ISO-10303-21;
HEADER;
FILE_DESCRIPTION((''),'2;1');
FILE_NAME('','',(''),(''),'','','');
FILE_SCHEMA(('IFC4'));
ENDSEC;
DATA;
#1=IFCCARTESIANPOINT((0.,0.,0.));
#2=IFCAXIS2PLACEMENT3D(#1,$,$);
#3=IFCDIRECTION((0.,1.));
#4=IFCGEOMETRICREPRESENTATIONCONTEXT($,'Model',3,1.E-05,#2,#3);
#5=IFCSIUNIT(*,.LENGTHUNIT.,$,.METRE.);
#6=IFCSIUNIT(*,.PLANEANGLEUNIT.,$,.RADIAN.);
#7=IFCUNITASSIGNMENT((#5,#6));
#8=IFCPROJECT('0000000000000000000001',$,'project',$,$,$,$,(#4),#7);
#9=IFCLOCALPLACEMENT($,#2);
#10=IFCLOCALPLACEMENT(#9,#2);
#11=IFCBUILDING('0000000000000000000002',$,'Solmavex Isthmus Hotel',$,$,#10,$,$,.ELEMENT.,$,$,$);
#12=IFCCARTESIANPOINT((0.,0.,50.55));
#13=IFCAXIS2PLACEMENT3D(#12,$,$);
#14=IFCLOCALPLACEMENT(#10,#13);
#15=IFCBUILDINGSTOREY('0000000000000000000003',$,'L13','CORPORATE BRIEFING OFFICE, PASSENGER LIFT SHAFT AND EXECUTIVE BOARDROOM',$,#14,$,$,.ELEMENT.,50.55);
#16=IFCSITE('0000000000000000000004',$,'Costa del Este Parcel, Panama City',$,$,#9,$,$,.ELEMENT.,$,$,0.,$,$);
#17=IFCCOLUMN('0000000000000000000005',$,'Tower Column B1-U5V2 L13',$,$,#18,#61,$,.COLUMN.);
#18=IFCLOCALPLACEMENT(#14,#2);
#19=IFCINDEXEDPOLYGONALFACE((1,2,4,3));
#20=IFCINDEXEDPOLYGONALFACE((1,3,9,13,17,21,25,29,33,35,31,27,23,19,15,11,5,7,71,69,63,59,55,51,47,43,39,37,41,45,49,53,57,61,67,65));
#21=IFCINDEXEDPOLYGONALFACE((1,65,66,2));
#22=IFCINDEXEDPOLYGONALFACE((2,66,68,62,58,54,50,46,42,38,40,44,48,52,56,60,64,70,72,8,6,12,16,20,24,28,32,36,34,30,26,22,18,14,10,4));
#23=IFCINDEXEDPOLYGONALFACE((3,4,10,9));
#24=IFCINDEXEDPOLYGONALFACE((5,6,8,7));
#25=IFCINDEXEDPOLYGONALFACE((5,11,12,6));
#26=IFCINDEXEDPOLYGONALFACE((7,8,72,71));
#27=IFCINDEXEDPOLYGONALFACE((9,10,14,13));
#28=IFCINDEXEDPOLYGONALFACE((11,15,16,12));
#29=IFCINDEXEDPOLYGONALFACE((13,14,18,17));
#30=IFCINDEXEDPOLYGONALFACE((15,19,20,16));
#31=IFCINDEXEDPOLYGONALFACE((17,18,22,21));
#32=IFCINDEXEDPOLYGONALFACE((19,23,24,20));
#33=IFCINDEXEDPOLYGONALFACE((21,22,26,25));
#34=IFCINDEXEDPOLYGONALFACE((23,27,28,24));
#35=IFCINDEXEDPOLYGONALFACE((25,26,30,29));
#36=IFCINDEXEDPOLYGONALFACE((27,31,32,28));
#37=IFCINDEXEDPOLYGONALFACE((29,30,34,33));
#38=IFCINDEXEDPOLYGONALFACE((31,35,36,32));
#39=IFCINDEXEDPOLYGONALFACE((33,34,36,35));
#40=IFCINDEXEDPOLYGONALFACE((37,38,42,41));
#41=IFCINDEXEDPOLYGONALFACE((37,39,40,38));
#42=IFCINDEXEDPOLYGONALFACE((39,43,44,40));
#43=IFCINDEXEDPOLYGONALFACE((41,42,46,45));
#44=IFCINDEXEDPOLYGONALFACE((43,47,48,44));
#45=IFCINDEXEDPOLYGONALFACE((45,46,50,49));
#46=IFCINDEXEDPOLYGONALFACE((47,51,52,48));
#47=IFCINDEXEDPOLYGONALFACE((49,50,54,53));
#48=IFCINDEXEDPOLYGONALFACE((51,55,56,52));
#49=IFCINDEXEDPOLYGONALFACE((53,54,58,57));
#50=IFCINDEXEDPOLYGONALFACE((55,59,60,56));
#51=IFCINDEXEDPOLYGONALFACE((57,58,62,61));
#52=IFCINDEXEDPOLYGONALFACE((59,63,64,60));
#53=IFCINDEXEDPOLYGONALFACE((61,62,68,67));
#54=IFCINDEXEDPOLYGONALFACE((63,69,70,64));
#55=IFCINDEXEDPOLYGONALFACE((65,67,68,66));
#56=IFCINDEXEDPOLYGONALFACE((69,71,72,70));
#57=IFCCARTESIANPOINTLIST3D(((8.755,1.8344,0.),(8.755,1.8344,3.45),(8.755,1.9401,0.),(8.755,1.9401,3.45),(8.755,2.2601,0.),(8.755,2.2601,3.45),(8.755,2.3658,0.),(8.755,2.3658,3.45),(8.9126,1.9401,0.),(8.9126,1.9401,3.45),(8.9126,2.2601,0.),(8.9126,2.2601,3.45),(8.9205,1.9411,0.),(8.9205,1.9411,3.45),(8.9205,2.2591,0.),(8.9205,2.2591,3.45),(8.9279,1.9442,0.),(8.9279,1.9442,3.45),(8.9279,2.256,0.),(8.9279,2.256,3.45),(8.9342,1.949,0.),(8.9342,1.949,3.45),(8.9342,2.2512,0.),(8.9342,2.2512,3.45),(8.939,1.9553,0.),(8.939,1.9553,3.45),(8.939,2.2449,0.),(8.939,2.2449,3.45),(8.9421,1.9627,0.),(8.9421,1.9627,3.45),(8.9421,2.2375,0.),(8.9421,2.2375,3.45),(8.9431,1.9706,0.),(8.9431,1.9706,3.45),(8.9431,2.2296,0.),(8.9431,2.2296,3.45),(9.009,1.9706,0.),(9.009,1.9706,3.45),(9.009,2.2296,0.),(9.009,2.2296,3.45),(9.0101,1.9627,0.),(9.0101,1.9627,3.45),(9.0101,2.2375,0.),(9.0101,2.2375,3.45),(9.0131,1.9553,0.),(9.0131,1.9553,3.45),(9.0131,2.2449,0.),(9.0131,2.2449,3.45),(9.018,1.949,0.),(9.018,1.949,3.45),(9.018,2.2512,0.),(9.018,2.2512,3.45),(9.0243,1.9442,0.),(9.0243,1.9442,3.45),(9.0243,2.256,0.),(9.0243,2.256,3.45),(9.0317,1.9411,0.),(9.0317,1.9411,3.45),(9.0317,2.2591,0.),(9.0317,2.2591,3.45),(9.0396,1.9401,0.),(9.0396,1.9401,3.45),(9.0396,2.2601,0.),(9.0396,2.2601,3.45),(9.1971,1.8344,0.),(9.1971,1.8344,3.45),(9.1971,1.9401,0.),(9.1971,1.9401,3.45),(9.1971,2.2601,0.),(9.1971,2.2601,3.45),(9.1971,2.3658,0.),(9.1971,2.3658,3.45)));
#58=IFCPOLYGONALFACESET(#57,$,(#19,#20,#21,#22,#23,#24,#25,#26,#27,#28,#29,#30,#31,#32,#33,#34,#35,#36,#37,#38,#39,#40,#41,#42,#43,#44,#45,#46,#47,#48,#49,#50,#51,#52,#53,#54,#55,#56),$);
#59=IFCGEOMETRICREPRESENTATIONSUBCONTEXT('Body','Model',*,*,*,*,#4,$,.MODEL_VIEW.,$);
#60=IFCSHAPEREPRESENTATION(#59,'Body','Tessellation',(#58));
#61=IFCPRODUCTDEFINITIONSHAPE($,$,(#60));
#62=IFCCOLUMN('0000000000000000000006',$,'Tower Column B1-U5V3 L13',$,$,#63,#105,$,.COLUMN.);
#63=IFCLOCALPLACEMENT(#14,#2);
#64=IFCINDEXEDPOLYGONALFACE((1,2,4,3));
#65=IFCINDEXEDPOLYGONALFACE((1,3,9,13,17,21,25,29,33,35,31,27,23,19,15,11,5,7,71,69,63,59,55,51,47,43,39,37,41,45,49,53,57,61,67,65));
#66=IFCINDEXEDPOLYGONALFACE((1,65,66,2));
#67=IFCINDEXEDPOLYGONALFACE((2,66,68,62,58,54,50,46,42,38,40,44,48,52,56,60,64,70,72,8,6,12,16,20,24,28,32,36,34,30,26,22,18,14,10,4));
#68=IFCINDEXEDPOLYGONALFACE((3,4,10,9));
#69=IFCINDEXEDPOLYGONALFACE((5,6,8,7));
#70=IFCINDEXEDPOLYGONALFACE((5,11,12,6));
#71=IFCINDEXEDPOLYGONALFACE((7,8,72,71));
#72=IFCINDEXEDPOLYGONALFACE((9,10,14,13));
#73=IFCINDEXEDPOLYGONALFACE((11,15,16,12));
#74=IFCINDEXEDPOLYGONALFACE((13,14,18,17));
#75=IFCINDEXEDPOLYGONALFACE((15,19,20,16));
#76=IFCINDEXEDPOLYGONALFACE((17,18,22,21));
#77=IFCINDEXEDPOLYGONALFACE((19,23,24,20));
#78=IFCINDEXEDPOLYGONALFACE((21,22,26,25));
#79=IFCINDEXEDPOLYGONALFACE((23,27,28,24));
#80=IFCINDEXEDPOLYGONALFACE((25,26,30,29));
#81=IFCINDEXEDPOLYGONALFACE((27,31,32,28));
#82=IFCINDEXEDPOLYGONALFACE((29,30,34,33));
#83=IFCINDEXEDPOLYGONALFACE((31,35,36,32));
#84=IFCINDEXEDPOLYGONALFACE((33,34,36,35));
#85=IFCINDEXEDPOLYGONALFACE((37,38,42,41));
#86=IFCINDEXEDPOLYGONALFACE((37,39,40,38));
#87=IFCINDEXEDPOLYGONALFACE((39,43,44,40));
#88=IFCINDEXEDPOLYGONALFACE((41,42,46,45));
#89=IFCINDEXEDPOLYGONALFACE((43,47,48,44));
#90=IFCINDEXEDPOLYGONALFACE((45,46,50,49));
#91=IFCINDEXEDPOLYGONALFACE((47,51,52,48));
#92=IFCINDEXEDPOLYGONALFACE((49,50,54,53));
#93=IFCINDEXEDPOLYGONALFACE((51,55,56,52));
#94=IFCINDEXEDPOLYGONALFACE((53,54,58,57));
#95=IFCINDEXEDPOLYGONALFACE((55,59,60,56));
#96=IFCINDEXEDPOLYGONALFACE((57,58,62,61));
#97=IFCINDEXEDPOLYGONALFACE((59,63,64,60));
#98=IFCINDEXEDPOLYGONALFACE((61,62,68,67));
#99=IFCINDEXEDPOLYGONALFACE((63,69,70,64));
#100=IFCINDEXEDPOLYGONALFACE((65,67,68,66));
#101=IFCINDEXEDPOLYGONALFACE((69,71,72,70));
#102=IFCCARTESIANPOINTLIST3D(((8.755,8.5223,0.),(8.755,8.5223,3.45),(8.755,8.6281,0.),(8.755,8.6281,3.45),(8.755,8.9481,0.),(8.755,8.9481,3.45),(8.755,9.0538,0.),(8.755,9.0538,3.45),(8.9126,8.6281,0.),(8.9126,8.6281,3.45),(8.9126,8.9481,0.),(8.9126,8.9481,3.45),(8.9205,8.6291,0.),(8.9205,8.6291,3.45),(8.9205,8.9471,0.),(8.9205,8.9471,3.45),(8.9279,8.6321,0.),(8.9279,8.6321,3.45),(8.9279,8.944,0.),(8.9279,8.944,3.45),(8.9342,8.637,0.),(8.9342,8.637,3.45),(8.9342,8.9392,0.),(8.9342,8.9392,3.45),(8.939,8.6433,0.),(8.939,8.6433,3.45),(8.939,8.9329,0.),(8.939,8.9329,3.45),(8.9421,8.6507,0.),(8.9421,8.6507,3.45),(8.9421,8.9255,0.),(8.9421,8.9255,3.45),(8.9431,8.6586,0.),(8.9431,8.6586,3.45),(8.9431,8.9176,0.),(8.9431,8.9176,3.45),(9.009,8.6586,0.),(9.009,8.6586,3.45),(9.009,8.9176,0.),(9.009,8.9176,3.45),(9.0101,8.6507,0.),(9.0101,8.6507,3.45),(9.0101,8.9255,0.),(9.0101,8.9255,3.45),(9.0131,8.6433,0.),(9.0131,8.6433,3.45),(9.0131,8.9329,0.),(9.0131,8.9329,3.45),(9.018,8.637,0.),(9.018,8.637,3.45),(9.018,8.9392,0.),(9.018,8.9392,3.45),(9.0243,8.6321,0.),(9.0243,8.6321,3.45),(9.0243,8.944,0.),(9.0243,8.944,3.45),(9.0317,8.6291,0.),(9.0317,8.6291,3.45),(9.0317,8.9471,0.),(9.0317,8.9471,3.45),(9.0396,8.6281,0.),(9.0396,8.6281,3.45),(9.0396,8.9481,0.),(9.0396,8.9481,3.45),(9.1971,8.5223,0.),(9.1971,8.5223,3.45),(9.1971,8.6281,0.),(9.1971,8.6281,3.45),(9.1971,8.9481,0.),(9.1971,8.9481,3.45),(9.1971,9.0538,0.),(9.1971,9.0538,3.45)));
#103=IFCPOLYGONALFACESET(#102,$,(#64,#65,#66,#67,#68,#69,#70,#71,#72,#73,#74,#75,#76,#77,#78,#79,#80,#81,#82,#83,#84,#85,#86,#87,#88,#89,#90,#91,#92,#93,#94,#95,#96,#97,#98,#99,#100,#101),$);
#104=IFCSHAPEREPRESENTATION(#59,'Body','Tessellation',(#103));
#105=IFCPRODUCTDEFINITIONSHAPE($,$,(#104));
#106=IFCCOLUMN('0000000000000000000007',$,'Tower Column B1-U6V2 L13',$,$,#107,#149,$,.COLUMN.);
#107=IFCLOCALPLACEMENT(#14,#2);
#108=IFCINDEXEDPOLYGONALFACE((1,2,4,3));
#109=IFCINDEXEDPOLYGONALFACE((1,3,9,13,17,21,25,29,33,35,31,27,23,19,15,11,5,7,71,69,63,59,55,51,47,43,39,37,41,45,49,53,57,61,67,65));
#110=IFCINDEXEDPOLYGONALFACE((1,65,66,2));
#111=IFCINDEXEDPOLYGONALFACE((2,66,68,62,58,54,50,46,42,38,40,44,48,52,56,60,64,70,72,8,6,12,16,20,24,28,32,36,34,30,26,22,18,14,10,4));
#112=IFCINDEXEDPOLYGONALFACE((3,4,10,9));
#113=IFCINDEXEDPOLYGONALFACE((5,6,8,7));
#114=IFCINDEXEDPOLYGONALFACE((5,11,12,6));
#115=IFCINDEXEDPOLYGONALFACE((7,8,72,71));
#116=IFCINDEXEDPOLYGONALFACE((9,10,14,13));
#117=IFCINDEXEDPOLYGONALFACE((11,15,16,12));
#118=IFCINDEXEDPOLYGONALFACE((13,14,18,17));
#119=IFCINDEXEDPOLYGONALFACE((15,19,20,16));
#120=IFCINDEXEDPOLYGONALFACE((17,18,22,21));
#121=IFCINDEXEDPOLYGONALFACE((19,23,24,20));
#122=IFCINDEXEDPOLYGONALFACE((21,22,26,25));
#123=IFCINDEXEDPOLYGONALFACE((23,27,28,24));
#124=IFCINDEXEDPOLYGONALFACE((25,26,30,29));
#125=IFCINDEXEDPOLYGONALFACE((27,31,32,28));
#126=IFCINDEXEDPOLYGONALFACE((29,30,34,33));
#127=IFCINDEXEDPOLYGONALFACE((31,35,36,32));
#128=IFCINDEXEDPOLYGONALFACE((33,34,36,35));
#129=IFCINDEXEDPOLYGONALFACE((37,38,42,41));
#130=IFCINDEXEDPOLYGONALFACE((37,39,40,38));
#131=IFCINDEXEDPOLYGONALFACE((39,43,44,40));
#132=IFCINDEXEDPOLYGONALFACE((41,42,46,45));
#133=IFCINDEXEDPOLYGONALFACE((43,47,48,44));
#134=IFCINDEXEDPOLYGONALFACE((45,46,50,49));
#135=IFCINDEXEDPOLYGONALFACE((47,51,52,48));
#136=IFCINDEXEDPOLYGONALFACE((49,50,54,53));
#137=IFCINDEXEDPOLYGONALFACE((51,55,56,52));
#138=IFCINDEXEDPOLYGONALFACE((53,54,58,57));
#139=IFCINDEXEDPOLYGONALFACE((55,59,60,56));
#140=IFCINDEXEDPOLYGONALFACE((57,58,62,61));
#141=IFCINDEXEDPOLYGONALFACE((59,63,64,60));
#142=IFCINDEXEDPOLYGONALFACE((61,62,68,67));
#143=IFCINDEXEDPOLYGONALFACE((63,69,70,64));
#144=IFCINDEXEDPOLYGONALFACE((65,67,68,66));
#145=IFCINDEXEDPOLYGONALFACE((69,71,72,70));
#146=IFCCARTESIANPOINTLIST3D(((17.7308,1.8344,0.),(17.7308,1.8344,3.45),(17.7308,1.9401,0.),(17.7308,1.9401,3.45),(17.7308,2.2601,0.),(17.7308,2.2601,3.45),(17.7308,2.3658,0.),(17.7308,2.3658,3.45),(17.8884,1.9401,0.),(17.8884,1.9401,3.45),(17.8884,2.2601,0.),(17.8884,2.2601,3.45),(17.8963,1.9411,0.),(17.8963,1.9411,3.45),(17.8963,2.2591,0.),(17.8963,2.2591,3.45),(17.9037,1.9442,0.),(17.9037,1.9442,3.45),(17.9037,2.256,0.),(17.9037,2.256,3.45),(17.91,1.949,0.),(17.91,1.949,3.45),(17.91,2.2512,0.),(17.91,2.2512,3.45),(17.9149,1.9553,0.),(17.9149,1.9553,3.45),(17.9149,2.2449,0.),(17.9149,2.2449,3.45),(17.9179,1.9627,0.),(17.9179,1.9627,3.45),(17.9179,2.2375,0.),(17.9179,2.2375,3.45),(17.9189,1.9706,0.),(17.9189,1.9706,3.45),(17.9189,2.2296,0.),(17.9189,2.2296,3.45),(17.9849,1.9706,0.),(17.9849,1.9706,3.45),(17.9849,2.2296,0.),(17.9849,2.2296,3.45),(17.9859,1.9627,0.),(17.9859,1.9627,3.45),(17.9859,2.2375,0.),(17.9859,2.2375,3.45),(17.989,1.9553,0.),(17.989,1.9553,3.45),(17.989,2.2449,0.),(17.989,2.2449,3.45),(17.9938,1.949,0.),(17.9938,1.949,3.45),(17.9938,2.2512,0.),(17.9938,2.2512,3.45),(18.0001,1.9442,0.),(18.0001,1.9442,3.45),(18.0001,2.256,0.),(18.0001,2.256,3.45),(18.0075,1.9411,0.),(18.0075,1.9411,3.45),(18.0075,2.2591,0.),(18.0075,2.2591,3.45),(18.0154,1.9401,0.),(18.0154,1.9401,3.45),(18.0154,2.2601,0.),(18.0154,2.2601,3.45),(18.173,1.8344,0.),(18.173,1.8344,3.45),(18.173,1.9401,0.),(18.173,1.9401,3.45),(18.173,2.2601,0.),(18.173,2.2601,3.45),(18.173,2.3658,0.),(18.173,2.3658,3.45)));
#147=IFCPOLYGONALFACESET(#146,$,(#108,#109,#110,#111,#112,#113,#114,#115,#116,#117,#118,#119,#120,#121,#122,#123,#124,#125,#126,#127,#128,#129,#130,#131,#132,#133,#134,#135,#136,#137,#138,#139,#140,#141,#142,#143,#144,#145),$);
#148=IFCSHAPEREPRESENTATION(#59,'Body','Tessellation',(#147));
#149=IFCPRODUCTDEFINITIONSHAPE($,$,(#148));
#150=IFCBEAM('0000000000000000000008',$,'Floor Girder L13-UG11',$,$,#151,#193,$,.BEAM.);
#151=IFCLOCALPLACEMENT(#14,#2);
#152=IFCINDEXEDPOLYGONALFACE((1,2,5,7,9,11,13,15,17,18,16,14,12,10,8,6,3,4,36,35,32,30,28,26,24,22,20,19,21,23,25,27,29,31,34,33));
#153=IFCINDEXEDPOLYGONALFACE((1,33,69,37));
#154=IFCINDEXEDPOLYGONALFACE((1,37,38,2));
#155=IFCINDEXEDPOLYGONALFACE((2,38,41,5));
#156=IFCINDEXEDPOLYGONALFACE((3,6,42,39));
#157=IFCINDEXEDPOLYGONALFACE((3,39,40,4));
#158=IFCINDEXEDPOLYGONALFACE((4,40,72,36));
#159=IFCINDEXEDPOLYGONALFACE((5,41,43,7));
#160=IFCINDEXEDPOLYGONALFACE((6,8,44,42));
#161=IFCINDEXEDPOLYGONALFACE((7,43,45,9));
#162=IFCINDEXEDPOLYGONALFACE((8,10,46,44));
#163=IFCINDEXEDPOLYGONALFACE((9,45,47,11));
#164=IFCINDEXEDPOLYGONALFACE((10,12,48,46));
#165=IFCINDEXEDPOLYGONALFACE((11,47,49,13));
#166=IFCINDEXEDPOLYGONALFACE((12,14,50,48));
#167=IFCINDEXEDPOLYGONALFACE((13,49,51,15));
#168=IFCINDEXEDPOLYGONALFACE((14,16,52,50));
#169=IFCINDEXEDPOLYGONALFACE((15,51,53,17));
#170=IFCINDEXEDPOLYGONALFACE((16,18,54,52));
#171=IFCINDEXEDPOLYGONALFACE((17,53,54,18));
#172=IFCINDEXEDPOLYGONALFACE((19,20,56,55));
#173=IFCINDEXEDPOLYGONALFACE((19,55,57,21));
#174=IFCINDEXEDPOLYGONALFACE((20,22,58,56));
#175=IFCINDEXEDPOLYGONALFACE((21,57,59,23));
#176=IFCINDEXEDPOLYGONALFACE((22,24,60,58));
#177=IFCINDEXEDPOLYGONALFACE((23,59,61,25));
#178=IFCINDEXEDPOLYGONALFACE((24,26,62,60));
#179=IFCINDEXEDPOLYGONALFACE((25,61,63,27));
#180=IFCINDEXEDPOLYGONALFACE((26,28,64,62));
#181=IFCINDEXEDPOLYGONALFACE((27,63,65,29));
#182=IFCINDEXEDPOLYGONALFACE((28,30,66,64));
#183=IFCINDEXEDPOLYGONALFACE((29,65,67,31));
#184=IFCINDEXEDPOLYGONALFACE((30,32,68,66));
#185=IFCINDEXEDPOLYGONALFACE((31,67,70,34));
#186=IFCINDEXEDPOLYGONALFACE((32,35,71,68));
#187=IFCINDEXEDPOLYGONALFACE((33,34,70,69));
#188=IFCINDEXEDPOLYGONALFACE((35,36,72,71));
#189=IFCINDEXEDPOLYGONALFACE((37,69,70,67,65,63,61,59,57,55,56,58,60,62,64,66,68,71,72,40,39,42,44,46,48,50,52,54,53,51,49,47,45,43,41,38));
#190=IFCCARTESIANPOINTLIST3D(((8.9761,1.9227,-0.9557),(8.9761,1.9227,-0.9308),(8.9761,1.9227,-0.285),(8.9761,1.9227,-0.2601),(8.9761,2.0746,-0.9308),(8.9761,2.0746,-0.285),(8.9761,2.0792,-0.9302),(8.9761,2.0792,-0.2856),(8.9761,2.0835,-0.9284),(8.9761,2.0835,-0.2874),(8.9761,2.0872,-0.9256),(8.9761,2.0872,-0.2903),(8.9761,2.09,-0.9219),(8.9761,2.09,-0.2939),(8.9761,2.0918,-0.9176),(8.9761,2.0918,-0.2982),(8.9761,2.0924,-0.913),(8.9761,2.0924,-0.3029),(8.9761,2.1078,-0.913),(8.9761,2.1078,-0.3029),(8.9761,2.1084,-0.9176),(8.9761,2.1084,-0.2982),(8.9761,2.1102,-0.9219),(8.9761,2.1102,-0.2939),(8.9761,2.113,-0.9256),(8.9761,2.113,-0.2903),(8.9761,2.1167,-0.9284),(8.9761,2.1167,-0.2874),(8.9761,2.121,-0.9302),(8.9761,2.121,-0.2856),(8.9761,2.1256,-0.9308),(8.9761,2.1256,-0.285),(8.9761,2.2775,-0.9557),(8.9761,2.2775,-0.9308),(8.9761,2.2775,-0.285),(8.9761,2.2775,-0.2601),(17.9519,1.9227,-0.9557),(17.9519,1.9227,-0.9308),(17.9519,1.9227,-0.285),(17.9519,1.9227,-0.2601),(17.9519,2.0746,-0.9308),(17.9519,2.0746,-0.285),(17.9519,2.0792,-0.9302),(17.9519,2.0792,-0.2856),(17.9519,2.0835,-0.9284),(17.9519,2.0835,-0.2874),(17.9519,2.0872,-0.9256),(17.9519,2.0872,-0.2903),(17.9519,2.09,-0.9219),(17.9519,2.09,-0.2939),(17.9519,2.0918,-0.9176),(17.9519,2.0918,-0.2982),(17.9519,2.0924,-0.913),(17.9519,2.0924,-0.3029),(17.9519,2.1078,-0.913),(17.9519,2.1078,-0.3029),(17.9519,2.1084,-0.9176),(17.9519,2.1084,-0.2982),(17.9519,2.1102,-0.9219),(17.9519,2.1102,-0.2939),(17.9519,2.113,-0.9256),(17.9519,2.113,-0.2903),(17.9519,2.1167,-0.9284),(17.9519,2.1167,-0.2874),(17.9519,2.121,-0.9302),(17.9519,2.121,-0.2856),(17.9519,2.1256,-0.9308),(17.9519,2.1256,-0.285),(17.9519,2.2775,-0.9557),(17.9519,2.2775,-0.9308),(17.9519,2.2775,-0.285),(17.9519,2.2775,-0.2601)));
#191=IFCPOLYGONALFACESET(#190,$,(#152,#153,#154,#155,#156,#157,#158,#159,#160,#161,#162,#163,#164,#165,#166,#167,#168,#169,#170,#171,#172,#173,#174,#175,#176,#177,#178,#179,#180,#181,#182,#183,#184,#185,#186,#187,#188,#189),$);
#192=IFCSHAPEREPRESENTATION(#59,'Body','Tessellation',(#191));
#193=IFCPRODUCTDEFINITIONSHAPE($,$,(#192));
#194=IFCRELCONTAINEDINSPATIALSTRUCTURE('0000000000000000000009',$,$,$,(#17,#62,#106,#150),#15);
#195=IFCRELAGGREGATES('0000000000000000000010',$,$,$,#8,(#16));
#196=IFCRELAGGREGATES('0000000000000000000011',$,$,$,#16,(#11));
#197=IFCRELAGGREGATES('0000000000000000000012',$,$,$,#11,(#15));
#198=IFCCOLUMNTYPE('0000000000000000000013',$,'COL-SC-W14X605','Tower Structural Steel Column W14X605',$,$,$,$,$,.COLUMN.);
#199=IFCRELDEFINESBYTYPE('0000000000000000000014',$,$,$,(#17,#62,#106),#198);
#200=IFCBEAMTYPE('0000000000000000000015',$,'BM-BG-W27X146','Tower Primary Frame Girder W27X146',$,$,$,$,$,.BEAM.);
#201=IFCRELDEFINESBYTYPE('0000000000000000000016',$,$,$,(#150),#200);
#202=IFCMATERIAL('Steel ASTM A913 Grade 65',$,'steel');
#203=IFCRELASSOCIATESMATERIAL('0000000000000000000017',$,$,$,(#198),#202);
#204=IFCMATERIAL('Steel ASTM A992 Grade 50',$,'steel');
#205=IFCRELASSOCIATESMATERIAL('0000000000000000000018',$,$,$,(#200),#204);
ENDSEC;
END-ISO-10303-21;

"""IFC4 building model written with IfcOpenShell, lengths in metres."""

from ifc_helpers import new_model, si_unit, direction, frame, origin, origin_2d, place, context, subcontext, project, spatial, i_section, extrude, material, material_profile, profile_set, type_object, element, save


model = new_model("IFC4")

# Units and contexts
model_context = context("Model", 3, precision=1e-05, world=origin(), true_north=direction((0.0, 1.0)))
body_context = subcontext(model_context, "Body", "Model", "MODEL_VIEW")
ifc_project = project(units=[si_unit("LENGTHUNIT", "METRE"), si_unit("PLANEANGLEUNIT", "RADIAN")], contexts=[model_context])

# Site, building, storey
site_placement = place(None, origin())
site = spatial("IfcSite", under=ifc_project, at=site_placement, Name="Costa del Este Parcel, Panama City", CompositionType="ELEMENT", RefElevation=0.0)
building_placement = place(site_placement, origin())
building = spatial("IfcBuilding", under=site, at=building_placement, Name="Solmavex Isthmus Hotel", CompositionType="ELEMENT")
storey_placement = place(building_placement, frame((0.0, 0.0, 50.55)))
storey = spatial("IfcBuildingStorey", under=building, at=storey_placement, Name="L13", Description="CORPORATE BRIEFING OFFICE, PASSENGER LIFT SHAFT AND EXECUTIVE BOARDROOM", CompositionType="ELEMENT", Elevation=50.55)

# Columns
ifc_material_1 = material(Name="Steel ASTM A913 Grade 65", Category="steel")
ifc_material_profile_1 = material_profile(ifc_material_1, i_section(OverallWidth=0.4421, OverallDepth=0.5315, WebThickness=0.0659, FlangeThickness=0.1057, FilletRadius=0.0305, at=origin_2d()), Name="W14X605")
ifc_profile_set_1 = profile_set([ifc_material_profile_1], Name="Steel ASTM A913 Grade 65")
column_type = type_object("IfcColumnType", Name="COL-SC-W14X605", Description="Tower Structural Steel Column W14X605", PredefinedType="COLUMN", material=ifc_profile_set_1)
for number, where, z_axis, x_axis, name in (
    (1, (8.9761, 2.1001, 0.0), (0.0, 0.0, 1.0), (1.0, 0.0, 0.0), "Tower Column B1-U5V2 L13"),
    (2, (8.9761, 8.7881, 0.0), (0.0, 0.0, 1.0), (1.0, 0.0, 0.0), "Tower Column B1-U5V3 L13"),
    (3, (17.9519, 2.1001, 0.0), (0.0, 0.0, 1.0), (1.0, 0.0, 0.0), "Tower Column B1-U6V2 L13"),
):
    element("IfcColumn", number, at=place(storey_placement, frame(where, z_axis=z_axis, x_axis=x_axis)), inside=storey, type_object=column_type, Name=name, PredefinedType="COLUMN", context=body_context, shape_type="SweptSolid", body=[
        extrude(i_section(OverallWidth=0.4421, OverallDepth=0.5315, WebThickness=0.0659, FlangeThickness=0.1057, FilletRadius=0.0305, at=origin_2d()), origin(), (0.0, 0.0, 1.0), 3.45),
    ])

# Beam
ifc_material_2 = material(Name="Steel ASTM A992 Grade 50", Category="steel")
ifc_material_profile_2 = material_profile(ifc_material_2, i_section(OverallWidth=0.3547, OverallDepth=0.6956, WebThickness=0.0154, FlangeThickness=0.0249, FilletRadius=0.0178, at=origin_2d()), Name="W27X146")
ifc_profile_set_2 = profile_set([ifc_material_profile_2], Name="Steel ASTM A992 Grade 50")
beam_type_1 = type_object("IfcBeamType", Name="BM-BG-W27X146", Description="Tower Primary Frame Girder W27X146", PredefinedType="BEAM", material=ifc_profile_set_2)
for number, where, z_axis, x_axis, name in (
    (4, (8.9761, 2.1001, -0.6079), (1.0, 0.0, 0.0), (0.0, 1.0, 0.0), "Floor Girder L13-UG11"),
):
    element("IfcBeam", number, at=place(storey_placement, frame(where, z_axis=z_axis, x_axis=x_axis)), inside=storey, type_object=beam_type_1, Name=name, PredefinedType="BEAM", context=body_context, shape_type="SweptSolid", body=[
        extrude(i_section(OverallWidth=0.3547, OverallDepth=0.6956, WebThickness=0.0154, FlangeThickness=0.0249, FilletRadius=0.0178, at=origin_2d()), origin(), (0.0, 0.0, 1.0), 8.9758),
    ])

save(model, "model.ifc")
